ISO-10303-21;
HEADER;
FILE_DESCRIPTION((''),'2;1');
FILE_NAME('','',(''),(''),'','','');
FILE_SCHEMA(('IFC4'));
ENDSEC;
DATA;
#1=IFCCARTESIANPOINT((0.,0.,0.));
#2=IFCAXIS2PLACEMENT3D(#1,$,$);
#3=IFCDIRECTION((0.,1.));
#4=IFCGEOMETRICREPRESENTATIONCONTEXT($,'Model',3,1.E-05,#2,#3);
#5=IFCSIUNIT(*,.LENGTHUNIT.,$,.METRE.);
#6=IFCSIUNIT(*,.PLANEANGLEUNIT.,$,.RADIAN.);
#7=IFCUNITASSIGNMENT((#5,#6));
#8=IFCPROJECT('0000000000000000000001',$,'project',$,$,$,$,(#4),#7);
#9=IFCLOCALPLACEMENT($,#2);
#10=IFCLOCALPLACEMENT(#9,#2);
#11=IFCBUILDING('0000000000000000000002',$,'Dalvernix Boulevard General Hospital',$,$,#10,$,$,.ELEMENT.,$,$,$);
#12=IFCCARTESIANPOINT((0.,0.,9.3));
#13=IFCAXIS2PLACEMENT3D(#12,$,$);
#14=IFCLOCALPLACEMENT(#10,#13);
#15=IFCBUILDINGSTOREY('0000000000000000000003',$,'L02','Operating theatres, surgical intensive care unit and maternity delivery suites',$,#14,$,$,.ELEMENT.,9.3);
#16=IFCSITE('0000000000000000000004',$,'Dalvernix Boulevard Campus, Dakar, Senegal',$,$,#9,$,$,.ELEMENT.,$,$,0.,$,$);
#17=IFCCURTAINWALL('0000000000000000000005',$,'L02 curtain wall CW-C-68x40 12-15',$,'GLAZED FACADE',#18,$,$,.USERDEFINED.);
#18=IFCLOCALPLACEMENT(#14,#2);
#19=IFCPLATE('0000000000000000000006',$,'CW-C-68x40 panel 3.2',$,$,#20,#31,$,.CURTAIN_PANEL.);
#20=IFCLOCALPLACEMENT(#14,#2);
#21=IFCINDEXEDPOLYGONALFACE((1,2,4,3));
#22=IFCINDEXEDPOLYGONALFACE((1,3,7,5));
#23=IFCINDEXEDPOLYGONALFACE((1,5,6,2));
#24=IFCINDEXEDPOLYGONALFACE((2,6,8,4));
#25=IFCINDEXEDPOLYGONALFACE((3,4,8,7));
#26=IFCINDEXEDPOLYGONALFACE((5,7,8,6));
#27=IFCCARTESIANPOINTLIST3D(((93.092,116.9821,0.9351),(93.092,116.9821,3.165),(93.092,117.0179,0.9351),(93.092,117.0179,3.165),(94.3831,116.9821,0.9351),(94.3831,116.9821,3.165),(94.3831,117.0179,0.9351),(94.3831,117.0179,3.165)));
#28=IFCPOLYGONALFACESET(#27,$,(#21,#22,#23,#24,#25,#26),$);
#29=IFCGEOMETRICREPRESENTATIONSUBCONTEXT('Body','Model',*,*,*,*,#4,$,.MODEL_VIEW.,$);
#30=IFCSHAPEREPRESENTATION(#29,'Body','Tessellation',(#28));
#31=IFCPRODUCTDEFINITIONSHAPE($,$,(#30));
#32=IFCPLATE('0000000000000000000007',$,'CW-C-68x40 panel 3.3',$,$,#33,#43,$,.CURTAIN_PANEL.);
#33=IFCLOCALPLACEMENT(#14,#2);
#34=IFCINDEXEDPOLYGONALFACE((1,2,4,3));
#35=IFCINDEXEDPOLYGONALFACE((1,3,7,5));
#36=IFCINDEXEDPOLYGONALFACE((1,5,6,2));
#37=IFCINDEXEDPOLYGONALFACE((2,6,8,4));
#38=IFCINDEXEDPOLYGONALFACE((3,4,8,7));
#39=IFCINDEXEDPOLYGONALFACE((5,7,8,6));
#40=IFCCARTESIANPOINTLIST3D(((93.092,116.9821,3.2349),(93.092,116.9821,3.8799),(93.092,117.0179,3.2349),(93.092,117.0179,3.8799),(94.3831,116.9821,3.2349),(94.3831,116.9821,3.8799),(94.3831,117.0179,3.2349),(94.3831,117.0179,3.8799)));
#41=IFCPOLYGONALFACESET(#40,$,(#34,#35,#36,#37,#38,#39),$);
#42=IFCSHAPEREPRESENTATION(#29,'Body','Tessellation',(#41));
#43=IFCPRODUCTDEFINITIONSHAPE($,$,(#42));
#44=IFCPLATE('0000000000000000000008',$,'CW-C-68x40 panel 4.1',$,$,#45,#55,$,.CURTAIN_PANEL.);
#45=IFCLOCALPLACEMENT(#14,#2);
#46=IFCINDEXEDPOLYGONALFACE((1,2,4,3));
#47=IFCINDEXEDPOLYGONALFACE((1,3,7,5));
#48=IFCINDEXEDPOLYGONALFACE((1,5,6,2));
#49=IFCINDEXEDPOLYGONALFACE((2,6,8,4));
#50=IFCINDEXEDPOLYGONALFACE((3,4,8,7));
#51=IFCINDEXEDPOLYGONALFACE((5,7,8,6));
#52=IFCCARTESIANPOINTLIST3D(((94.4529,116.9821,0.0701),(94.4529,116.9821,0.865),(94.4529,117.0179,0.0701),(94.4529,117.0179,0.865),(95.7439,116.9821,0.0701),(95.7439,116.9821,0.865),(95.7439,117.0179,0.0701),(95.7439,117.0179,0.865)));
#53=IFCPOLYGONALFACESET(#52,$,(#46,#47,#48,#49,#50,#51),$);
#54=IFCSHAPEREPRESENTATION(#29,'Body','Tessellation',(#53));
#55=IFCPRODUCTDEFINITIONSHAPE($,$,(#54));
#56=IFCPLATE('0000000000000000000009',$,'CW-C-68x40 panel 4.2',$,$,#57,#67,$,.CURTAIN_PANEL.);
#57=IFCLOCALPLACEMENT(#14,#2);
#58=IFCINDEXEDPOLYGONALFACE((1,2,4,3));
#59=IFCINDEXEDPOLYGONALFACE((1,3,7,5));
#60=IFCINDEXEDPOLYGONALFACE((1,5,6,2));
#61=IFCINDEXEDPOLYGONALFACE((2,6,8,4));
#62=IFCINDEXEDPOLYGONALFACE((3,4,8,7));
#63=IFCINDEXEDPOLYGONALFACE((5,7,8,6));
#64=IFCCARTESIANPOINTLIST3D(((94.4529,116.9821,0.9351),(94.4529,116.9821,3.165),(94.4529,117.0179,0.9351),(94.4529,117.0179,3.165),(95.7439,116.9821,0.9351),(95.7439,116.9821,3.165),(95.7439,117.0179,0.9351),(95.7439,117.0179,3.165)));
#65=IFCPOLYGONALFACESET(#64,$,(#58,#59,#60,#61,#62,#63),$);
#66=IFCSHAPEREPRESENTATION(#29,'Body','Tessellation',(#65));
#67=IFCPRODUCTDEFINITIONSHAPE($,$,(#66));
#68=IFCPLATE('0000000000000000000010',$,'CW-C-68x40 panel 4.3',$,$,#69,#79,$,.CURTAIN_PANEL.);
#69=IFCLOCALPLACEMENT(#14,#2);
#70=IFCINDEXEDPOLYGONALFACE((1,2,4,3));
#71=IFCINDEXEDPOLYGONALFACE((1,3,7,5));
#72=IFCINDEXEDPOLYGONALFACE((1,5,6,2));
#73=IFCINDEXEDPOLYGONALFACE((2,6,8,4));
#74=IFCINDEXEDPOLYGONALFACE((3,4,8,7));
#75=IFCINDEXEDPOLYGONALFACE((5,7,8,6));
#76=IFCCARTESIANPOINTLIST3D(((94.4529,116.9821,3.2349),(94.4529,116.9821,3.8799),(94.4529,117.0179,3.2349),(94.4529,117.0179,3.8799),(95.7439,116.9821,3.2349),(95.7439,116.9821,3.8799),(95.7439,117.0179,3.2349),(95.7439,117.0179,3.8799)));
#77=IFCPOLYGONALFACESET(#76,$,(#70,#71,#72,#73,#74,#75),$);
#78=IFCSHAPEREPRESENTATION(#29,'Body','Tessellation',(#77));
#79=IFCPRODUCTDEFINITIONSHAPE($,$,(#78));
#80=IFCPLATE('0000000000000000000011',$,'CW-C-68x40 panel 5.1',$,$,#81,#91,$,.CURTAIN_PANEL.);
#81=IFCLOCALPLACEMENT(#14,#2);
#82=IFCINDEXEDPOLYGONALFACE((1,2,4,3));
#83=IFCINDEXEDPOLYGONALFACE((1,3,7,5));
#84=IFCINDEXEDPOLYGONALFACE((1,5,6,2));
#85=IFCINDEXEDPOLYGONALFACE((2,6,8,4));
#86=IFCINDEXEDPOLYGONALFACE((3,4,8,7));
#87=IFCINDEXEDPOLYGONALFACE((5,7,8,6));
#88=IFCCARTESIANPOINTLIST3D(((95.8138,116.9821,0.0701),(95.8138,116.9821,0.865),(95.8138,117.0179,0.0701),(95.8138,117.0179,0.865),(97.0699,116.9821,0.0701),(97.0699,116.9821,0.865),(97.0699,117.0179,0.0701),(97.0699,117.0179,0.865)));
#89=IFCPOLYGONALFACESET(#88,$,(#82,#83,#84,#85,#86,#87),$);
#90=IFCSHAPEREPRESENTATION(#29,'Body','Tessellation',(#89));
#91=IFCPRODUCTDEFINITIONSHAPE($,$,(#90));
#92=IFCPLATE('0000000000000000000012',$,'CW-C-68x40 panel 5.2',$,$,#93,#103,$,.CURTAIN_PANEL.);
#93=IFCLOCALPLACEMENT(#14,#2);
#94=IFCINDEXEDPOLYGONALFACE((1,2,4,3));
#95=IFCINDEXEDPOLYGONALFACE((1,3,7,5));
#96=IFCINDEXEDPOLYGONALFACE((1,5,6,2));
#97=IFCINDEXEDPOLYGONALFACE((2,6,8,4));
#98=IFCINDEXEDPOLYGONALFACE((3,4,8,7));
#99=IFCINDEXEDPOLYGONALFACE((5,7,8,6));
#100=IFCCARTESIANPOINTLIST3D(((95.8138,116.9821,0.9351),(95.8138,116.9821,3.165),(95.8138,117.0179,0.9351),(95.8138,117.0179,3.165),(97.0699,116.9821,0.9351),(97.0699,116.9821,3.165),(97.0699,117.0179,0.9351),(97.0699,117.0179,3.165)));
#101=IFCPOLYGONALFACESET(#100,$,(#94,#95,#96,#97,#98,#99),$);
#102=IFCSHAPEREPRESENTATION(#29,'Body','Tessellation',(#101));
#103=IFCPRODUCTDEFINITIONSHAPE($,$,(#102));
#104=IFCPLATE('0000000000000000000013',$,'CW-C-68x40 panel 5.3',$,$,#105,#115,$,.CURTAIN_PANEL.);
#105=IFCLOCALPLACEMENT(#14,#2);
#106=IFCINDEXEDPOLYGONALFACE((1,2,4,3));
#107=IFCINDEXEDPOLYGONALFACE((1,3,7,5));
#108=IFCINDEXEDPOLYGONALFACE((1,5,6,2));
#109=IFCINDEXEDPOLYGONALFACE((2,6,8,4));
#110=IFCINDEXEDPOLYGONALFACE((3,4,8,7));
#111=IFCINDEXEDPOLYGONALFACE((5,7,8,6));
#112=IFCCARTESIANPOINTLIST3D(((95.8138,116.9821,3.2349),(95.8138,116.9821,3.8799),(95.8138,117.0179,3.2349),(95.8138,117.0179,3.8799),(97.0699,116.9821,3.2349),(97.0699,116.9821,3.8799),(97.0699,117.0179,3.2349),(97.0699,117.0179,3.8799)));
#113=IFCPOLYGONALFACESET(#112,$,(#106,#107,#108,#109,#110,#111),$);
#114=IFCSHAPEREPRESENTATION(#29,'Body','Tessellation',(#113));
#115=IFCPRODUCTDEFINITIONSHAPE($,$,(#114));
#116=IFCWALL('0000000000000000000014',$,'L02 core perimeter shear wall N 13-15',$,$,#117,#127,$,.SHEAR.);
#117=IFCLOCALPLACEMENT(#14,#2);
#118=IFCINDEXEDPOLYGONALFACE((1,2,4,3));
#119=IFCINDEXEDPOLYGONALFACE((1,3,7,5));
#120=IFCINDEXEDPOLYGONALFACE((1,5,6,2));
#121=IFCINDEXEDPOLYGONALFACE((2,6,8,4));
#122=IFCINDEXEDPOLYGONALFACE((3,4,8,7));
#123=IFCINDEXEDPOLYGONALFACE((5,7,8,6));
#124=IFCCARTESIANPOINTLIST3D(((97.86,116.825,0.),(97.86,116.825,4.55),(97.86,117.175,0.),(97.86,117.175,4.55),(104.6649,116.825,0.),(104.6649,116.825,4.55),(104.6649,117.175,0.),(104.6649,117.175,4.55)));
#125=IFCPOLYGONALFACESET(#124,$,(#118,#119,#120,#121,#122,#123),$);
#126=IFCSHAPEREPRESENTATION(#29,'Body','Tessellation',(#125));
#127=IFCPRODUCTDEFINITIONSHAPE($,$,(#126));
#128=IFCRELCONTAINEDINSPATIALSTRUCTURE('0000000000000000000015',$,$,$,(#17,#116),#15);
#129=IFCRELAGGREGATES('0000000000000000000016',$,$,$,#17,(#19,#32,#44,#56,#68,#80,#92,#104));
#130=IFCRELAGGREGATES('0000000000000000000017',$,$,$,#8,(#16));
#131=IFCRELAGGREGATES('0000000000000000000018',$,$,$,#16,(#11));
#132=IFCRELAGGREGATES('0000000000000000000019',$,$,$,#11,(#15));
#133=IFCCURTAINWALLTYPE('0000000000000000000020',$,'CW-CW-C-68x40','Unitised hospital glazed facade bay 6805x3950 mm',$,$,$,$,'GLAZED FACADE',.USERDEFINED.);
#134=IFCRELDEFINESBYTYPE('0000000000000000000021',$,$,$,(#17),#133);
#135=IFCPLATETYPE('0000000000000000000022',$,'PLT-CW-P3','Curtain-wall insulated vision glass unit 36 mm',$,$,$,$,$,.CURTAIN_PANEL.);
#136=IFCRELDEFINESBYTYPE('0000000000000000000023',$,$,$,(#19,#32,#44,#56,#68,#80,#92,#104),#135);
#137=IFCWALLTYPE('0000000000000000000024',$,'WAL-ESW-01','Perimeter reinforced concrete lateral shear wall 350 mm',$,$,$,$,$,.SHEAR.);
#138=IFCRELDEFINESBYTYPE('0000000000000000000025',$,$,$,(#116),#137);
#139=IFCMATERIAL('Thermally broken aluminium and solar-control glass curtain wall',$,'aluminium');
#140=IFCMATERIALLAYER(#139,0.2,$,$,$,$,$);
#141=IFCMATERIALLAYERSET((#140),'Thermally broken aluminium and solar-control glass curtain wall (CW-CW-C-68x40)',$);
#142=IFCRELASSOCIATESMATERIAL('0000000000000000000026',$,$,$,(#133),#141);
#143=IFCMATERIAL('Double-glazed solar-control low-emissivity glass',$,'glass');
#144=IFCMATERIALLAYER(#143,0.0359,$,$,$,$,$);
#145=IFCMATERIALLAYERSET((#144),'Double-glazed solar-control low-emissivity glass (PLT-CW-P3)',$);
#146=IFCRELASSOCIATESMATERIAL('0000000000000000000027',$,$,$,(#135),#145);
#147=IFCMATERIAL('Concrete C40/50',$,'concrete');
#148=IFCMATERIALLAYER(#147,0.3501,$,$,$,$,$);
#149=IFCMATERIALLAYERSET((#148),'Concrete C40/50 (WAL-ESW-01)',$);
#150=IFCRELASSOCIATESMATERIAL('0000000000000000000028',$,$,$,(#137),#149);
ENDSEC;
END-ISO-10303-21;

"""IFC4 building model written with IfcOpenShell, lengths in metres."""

from ifc_helpers import new_model, si_unit, direction, frame, frame_2d, origin, origin_2d, place, context, subcontext, project, spatial, rectangle, extrude, material, layer, layer_set, type_object, element, aggregate, save


model = new_model("IFC4")

# Units and contexts
model_context = context("Model", 3, precision=1e-05, world=origin(), true_north=direction((0.0, 1.0)))
body_context = subcontext(model_context, "Body", "Model", "MODEL_VIEW")
ifc_project = project(units=[si_unit("LENGTHUNIT", "METRE"), si_unit("PLANEANGLEUNIT", "RADIAN")], contexts=[model_context])

# Site, building, storey
site_placement = place(None, origin())
site = spatial("IfcSite", under=ifc_project, at=site_placement, Name="Dalvernix Boulevard Campus, Dakar, Senegal", CompositionType="ELEMENT", RefElevation=0.0)
building_placement = place(site_placement, origin())
building = spatial("IfcBuilding", under=site, at=building_placement, Name="Dalvernix Boulevard General Hospital", CompositionType="ELEMENT")
storey_placement = place(building_placement, frame((0.0, 0.0, 9.3)))
storey = spatial("IfcBuildingStorey", under=building, at=storey_placement, Name="L02", Description="Operating theatres, surgical intensive care unit and maternity delivery suites", CompositionType="ELEMENT", Elevation=9.3)

# Shared definitions
ifc_material_1 = material(Name="Concrete C40/50", Category="concrete")

# Curtain wall, plates
ifc_material_2 = material(Name="Thermally broken aluminium and solar-control glass curtain wall", Category="aluminium")
ifc_layer_1 = layer(ifc_material_2, 0.2)
ifc_layer_set_1 = layer_set([ifc_layer_1], Name="Thermally broken aluminium and solar-control glass curtain wall (CW-CW-C-68x40)")
curtain_wall_type = type_object("IfcCurtainWallType", Name="CW-CW-C-68x40", Description="Unitised hospital glazed facade bay 6805x3950 mm", ElementType="GLAZED FACADE", PredefinedType="USERDEFINED", material=ifc_layer_set_1)
curtain_wall_placement = place(storey_placement, origin())
curtain_wall = element("IfcCurtainWall", 1, at=curtain_wall_placement, inside=storey, type_object=curtain_wall_type, Name="L02 curtain wall CW-C-68x40 12-15", ObjectType="GLAZED FACADE", PredefinedType="USERDEFINED")
ifc_material_3 = material(Name="Double-glazed solar-control low-emissivity glass", Category="glass")
ifc_layer_2 = layer(ifc_material_3, 0.0359)
ifc_layer_set_2 = layer_set([ifc_layer_2], Name="Double-glazed solar-control low-emissivity glass (PLT-CW-P3)")
plate_type = type_object("IfcPlateType", Name="PLT-CW-P3", Description="Curtain-wall insulated vision glass unit 36 mm", PredefinedType="CURTAIN_PANEL", material=ifc_layer_set_2)
plate_1_placement = place(storey_placement, frame((93.7375, 117.0, 0.9351), z_axis=(0.0, 0.0, 1.0), x_axis=(1.0, 0.0, 0.0)))
plate_1 = element("IfcPlate", 2, at=plate_1_placement, type_object=plate_type, Name="CW-C-68x40 panel 3.2", PredefinedType="CURTAIN_PANEL", context=body_context, shape_type="SweptSolid", body=[
    extrude(rectangle(XDim=1.291, YDim=0.0359, at=origin_2d()), origin(), (0.0, 0.0, 1.0), 2.23),
])
plate_2_placement = place(storey_placement, frame((93.7375, 117.0, 3.2349), z_axis=(0.0, 0.0, 1.0), x_axis=(1.0, 0.0, 0.0)))
plate_2 = element("IfcPlate", 3, at=plate_2_placement, type_object=plate_type, Name="CW-C-68x40 panel 3.3", PredefinedType="CURTAIN_PANEL", context=body_context, shape_type="SweptSolid", body=[
    extrude(rectangle(XDim=1.291, YDim=0.0359, at=origin_2d()), origin(), (0.0, 0.0, 1.0), 0.645),
])
plate_3_placement = place(storey_placement, frame((95.0984, 117.0, 0.0701), z_axis=(0.0, 0.0, 1.0), x_axis=(1.0, 0.0, 0.0)))
plate_3 = element("IfcPlate", 4, at=plate_3_placement, type_object=plate_type, Name="CW-C-68x40 panel 4.1", PredefinedType="CURTAIN_PANEL", context=body_context, shape_type="SweptSolid", body=[
    extrude(rectangle(XDim=1.291, YDim=0.0359, at=origin_2d()), origin(), (0.0, 0.0, 1.0), 0.7949),
])
plate_4_placement = place(storey_placement, frame((95.0984, 117.0, 0.9351), z_axis=(0.0, 0.0, 1.0), x_axis=(1.0, 0.0, 0.0)))
plate_4 = element("IfcPlate", 5, at=plate_4_placement, type_object=plate_type, Name="CW-C-68x40 panel 4.2", PredefinedType="CURTAIN_PANEL", context=body_context, shape_type="SweptSolid", body=[
    extrude(rectangle(XDim=1.291, YDim=0.0359, at=origin_2d()), origin(), (0.0, 0.0, 1.0), 2.23),
])
plate_5_placement = place(storey_placement, frame((95.0984, 117.0, 3.2349), z_axis=(0.0, 0.0, 1.0), x_axis=(1.0, 0.0, 0.0)))
plate_5 = element("IfcPlate", 6, at=plate_5_placement, type_object=plate_type, Name="CW-C-68x40 panel 4.3", PredefinedType="CURTAIN_PANEL", context=body_context, shape_type="SweptSolid", body=[
    extrude(rectangle(XDim=1.291, YDim=0.0359, at=origin_2d()), origin(), (0.0, 0.0, 1.0), 0.645),
])
plate_6_placement = place(storey_placement, frame((96.4419, 117.0, 0.0701), z_axis=(0.0, 0.0, 1.0), x_axis=(1.0, 0.0, 0.0)))
plate_6 = element("IfcPlate", 7, at=plate_6_placement, type_object=plate_type, Name="CW-C-68x40 panel 5.1", PredefinedType="CURTAIN_PANEL", context=body_context, shape_type="SweptSolid", body=[
    extrude(rectangle(XDim=1.2561, YDim=0.0359, at=origin_2d()), origin(), (0.0, 0.0, 1.0), 0.7949),
])
plate_7_placement = place(storey_placement, frame((96.4419, 117.0, 0.9351), z_axis=(0.0, 0.0, 1.0), x_axis=(1.0, 0.0, 0.0)))
plate_7 = element("IfcPlate", 8, at=plate_7_placement, type_object=plate_type, Name="CW-C-68x40 panel 5.2", PredefinedType="CURTAIN_PANEL", context=body_context, shape_type="SweptSolid", body=[
    extrude(rectangle(XDim=1.2561, YDim=0.0359, at=origin_2d()), origin(), (0.0, 0.0, 1.0), 2.23),
])
plate_8_placement = place(storey_placement, frame((96.4419, 117.0, 3.2349), z_axis=(0.0, 0.0, 1.0), x_axis=(1.0, 0.0, 0.0)))
plate_8 = element("IfcPlate", 9, at=plate_8_placement, type_object=plate_type, Name="CW-C-68x40 panel 5.3", PredefinedType="CURTAIN_PANEL", context=body_context, shape_type="SweptSolid", body=[
    extrude(rectangle(XDim=1.2561, YDim=0.0359, at=origin_2d()), origin(), (0.0, 0.0, 1.0), 0.645),
])
aggregate(curtain_wall, [plate_1, plate_2, plate_3, plate_4, plate_5, plate_6, plate_7, plate_8])

# Wall
ifc_layer_3 = layer(ifc_material_1, 0.3501)
ifc_layer_set_3 = layer_set([ifc_layer_3], Name="Concrete C40/50 (WAL-ESW-01)")
wall_type = type_object("IfcWallType", Name="WAL-ESW-01", Description="Perimeter reinforced concrete lateral shear wall 350 mm", PredefinedType="SHEAR", material=ifc_layer_set_3)
wall_placement = place(storey_placement, frame((97.8601, 117.0, 0.0), z_axis=(0.0, 0.0, 1.0), x_axis=(1.0, 0.0, 0.0)))
element("IfcWall", 10, at=wall_placement, inside=storey, type_object=wall_type, Name="L02 core perimeter shear wall N 13-15", PredefinedType="SHEAR", context=body_context, shape_type="SweptSolid", body=[
    extrude(rectangle(XDim=6.8049, YDim=0.3501, at=frame_2d((3.4023, 0.0))), origin(), (0.0, 0.0, 1.0), 4.55),
])

save(model, "model.ifc")
